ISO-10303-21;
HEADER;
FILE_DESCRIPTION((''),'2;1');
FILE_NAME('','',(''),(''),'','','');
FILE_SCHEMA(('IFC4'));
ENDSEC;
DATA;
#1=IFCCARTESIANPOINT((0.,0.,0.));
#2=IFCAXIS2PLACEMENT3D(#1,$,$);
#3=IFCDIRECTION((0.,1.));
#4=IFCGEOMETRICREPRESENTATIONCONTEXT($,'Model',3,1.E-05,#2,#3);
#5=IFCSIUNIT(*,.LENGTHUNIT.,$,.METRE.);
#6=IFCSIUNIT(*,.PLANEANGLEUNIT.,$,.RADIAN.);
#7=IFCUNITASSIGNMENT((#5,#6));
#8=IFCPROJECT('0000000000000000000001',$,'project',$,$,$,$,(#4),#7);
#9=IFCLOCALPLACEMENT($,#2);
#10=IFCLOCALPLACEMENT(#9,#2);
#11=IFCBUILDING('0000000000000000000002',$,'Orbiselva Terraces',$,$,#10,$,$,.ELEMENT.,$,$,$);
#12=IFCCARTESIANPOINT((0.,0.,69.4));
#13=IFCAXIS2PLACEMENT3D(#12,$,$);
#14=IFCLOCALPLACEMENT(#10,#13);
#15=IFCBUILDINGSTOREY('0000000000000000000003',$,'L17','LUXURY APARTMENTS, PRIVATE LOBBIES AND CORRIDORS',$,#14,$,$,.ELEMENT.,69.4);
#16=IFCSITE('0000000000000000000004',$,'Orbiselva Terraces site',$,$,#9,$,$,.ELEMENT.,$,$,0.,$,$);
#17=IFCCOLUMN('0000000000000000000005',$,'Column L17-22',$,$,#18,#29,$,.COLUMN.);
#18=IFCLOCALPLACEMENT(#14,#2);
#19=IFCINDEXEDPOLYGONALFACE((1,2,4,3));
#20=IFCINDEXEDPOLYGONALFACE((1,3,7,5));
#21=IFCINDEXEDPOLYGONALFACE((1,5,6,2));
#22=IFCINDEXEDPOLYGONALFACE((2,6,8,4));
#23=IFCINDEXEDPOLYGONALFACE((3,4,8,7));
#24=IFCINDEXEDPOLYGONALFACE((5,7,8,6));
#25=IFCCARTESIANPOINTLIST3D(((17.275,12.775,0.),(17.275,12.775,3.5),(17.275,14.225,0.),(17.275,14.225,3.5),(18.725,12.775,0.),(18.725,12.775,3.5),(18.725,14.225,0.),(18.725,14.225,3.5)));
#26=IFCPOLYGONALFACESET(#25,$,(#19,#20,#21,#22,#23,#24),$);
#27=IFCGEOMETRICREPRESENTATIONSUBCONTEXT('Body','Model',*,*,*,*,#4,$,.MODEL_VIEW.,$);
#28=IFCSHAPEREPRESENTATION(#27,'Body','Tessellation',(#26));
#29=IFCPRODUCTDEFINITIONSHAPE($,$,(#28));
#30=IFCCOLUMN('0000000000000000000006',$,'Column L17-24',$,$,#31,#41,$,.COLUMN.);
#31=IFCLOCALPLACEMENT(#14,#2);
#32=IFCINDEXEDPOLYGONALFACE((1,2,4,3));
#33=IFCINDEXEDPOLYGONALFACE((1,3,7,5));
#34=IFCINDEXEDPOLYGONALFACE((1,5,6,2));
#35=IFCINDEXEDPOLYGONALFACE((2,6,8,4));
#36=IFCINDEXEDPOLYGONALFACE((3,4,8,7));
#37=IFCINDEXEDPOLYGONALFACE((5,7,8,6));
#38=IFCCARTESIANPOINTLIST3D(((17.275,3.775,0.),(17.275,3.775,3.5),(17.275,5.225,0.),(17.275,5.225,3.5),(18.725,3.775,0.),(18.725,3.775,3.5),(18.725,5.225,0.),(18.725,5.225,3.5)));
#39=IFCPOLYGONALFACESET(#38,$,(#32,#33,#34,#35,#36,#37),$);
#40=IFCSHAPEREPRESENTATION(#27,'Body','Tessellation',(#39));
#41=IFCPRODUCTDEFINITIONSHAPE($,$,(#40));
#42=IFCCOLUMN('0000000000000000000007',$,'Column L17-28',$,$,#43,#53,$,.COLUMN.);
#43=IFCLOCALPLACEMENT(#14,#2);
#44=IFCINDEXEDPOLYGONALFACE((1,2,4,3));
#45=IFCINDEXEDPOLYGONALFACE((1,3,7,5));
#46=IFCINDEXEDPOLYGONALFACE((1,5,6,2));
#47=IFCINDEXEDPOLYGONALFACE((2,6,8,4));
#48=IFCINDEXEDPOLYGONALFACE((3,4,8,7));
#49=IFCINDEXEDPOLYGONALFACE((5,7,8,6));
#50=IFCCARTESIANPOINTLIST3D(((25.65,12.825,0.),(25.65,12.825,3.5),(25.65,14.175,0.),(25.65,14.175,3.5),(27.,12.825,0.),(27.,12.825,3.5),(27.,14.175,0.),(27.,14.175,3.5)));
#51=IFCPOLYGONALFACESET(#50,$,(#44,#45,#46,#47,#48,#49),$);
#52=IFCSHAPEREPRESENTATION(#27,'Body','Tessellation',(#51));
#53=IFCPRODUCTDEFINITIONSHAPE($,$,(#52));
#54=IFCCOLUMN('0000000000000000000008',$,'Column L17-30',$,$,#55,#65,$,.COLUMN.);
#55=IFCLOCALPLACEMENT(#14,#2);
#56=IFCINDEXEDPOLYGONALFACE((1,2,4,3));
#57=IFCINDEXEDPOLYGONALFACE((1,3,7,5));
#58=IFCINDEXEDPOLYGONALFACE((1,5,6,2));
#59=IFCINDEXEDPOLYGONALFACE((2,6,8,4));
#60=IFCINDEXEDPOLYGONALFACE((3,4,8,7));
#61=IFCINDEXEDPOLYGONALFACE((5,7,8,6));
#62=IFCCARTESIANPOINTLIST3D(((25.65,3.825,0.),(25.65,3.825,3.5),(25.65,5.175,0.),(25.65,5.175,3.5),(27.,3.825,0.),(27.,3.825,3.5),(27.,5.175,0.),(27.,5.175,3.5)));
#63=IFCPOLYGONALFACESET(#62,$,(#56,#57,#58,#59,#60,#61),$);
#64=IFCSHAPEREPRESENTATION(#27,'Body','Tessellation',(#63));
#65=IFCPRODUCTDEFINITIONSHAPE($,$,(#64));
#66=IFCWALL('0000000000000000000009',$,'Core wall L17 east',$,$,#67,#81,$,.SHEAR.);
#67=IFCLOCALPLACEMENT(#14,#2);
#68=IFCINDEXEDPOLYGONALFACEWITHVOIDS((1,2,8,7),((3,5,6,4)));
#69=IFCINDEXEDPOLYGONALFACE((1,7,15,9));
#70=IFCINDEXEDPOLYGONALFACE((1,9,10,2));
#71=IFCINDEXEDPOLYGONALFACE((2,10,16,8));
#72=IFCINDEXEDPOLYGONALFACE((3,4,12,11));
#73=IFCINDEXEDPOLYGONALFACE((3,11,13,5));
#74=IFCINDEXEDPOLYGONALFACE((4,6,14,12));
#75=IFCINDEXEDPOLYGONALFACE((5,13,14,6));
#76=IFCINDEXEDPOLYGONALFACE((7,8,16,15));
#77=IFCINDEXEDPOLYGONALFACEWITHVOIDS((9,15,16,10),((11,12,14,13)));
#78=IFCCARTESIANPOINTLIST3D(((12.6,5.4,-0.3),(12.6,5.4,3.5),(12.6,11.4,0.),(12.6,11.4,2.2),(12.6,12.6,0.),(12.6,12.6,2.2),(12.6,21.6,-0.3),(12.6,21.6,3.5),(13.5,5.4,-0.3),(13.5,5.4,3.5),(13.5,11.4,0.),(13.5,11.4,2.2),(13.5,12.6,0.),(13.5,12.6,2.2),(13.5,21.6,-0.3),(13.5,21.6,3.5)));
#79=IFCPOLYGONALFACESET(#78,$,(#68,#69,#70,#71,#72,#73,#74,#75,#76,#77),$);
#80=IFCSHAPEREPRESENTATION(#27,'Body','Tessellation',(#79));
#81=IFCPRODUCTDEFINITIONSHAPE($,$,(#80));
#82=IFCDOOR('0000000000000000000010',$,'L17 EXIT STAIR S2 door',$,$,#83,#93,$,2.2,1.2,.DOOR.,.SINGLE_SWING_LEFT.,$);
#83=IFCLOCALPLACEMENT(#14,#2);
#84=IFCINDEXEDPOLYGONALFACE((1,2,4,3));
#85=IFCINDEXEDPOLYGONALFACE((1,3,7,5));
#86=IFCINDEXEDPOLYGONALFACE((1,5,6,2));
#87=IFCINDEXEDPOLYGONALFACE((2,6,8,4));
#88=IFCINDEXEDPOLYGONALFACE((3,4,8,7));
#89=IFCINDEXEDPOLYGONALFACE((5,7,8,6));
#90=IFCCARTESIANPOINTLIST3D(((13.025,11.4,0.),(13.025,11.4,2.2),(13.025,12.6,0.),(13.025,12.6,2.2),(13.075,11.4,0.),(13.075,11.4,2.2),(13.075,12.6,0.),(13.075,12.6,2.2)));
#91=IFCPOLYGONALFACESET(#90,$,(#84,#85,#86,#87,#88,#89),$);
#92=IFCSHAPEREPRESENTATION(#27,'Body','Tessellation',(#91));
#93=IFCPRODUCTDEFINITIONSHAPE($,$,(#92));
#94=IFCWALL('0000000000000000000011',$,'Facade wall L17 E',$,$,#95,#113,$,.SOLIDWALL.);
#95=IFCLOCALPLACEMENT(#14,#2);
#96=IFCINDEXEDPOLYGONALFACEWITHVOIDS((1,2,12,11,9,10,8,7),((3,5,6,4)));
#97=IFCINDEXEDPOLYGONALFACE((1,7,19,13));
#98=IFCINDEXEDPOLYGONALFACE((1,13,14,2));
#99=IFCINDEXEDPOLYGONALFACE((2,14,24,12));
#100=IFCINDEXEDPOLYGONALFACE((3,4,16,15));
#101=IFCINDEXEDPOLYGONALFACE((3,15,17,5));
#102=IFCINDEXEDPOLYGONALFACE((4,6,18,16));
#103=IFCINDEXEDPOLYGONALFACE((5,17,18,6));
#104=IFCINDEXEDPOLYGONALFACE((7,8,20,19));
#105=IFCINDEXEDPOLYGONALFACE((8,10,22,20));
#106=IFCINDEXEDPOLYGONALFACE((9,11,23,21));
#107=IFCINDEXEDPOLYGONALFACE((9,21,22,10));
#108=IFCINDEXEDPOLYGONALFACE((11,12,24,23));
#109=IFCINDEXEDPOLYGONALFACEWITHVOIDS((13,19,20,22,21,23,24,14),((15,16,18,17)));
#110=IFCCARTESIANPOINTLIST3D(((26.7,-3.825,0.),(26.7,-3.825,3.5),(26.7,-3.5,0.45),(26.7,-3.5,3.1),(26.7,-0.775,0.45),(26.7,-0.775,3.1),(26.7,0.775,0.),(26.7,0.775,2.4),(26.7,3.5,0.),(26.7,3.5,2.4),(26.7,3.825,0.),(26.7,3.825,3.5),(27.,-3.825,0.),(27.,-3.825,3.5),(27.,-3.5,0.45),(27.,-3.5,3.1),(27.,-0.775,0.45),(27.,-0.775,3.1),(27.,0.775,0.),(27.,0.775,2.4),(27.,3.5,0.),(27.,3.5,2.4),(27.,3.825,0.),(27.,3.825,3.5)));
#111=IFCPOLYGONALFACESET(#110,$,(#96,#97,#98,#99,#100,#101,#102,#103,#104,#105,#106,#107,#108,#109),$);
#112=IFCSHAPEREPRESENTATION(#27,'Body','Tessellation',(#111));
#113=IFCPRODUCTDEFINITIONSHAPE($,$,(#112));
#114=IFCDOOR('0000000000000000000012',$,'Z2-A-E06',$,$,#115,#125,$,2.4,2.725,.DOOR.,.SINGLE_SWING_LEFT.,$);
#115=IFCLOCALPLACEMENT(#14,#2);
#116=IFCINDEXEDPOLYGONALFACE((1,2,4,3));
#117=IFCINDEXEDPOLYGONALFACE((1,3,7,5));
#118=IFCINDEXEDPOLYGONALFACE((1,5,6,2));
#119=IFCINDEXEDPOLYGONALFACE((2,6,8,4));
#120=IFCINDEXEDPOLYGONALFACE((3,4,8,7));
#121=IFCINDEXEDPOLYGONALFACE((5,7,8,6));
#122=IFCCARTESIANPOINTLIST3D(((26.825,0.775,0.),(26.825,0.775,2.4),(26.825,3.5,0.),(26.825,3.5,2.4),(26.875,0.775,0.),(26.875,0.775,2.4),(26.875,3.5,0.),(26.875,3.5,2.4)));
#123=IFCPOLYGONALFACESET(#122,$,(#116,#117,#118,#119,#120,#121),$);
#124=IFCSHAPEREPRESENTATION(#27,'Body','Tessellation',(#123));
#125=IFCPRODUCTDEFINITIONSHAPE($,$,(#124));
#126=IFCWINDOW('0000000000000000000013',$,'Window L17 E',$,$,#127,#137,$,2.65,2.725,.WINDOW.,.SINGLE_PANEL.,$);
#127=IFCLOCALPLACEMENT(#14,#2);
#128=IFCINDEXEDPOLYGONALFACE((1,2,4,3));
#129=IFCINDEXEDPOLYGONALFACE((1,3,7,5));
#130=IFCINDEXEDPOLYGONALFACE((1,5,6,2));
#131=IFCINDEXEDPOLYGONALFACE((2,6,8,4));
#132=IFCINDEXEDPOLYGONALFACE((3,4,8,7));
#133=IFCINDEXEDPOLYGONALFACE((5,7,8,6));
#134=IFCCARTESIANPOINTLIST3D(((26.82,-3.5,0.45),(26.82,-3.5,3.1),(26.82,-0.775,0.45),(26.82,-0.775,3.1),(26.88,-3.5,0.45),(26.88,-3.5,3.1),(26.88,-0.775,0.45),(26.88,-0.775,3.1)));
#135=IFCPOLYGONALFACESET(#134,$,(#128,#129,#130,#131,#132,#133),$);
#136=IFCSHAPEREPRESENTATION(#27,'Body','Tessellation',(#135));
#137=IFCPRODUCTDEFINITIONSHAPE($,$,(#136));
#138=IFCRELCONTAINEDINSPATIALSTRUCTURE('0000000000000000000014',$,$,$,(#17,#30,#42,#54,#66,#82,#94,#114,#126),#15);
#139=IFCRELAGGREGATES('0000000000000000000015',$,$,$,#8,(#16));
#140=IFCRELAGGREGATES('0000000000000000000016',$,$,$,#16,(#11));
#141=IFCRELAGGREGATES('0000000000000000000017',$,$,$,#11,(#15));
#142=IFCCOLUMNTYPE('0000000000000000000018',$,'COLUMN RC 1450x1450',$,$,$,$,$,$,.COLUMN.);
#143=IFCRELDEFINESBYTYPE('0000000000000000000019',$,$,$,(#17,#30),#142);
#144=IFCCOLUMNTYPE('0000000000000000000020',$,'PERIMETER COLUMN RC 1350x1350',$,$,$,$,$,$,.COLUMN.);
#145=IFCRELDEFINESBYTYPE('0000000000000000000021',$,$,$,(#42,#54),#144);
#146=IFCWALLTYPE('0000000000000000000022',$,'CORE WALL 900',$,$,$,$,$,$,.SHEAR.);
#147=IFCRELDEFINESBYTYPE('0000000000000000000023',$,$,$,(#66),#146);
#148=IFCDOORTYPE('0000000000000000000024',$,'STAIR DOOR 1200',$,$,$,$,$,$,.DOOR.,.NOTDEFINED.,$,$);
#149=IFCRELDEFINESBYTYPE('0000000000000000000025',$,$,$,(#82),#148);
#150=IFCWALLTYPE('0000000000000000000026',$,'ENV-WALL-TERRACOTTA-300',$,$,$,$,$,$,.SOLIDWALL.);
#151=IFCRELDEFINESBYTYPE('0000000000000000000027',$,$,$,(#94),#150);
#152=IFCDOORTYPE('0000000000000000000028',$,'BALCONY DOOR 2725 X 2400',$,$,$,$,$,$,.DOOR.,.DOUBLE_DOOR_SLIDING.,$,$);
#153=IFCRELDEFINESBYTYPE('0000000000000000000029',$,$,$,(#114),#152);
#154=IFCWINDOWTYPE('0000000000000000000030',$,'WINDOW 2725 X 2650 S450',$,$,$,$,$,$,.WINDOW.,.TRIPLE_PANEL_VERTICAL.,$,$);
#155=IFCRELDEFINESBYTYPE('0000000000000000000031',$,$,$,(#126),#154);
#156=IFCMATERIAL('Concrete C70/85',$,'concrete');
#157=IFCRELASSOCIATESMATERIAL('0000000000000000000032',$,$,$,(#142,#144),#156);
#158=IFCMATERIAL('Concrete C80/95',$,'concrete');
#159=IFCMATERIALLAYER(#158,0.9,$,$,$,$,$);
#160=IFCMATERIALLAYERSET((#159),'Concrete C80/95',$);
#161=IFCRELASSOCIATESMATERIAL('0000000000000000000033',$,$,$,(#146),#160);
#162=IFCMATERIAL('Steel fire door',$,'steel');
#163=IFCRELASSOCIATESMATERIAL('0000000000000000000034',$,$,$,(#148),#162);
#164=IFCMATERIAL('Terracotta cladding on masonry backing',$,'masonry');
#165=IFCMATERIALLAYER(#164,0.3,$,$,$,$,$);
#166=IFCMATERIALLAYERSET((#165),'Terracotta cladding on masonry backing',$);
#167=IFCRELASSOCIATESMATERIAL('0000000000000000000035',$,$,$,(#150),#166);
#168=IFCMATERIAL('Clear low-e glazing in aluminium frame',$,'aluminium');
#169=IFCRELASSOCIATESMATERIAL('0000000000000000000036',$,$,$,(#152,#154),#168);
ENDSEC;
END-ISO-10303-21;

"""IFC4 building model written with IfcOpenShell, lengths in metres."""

from ifc_helpers import new_model, si_unit, direction, frame, frame_2d, origin, origin_2d, place, context, subcontext, project, spatial, rectangle, extrude, material, layer, layer_set, material_profile, profile_set, type_object, element, fill, save


model = new_model("IFC4")

# Units and contexts
model_context = context("Model", 3, precision=1e-05, world=origin(), true_north=direction((0.0, 1.0)))
body_context = subcontext(model_context, "Body", "Model", "MODEL_VIEW")
ifc_project = project(units=[si_unit("LENGTHUNIT", "METRE"), si_unit("PLANEANGLEUNIT", "RADIAN")], contexts=[model_context])

# Site, building, storey
site_placement = place(None, origin())
site = spatial("IfcSite", under=ifc_project, at=site_placement, Name="Orbiselva Terraces site", CompositionType="ELEMENT", RefElevation=0.0)
building_placement = place(site_placement, origin())
building = spatial("IfcBuilding", under=site, at=building_placement, Name="Orbiselva Terraces", CompositionType="ELEMENT")
storey_placement = place(building_placement, frame((0.0, 0.0, 69.4)))
storey = spatial("IfcBuildingStorey", under=building, at=storey_placement, Name="L17", Description="LUXURY APARTMENTS, PRIVATE LOBBIES AND CORRIDORS", CompositionType="ELEMENT", Elevation=69.4)

# Columns
ifc_material_1 = material(Name="Concrete C70/85", Category="concrete")
ifc_material_profile_1 = material_profile(ifc_material_1, rectangle(XDim=1.45, YDim=1.45, at=origin_2d()), Name="RC 1450x1450")
ifc_profile_set_1 = profile_set([ifc_material_profile_1], Name="Concrete C70/85")
column_type_1 = type_object("IfcColumnType", Name="COLUMN RC 1450x1450", PredefinedType="COLUMN", material=ifc_profile_set_1)
for number, where, z_axis, x_axis, name in (
    (1, (18.0, 13.5, 0.0), (0.0, 0.0, 1.0), (1.0, 0.0, 0.0), "Column L17-22"),
    (2, (18.0, 4.5, 0.0), (0.0, 0.0, 1.0), (1.0, 0.0, 0.0), "Column L17-24"),
):
    element("IfcColumn", number, at=place(storey_placement, frame(where, z_axis=z_axis, x_axis=x_axis)), inside=storey, type_object=column_type_1, Name=name, PredefinedType="COLUMN", context=body_context, shape_type="SweptSolid", body=[
        extrude(rectangle(XDim=1.45, YDim=1.45, at=origin_2d()), origin(), (0.0, 0.0, 1.0), 3.5),
    ])
ifc_material_profile_2 = material_profile(ifc_material_1, rectangle(XDim=1.35, YDim=1.35, at=origin_2d()), Name="RC 1350x1350")
ifc_profile_set_2 = profile_set([ifc_material_profile_2], Name="Concrete C70/85")
column_type_2 = type_object("IfcColumnType", Name="PERIMETER COLUMN RC 1350x1350", PredefinedType="COLUMN", material=ifc_profile_set_2)
for number, where, z_axis, x_axis, name in (
    (3, (26.325, 13.5, 0.0), (0.0, 0.0, 1.0), (1.0, 0.0, 0.0), "Column L17-28"),
    (4, (26.325, 4.5, 0.0), (0.0, 0.0, 1.0), (1.0, 0.0, 0.0), "Column L17-30"),
):
    element("IfcColumn", number, at=place(storey_placement, frame(where, z_axis=z_axis, x_axis=x_axis)), inside=storey, type_object=column_type_2, Name=name, PredefinedType="COLUMN", context=body_context, shape_type="SweptSolid", body=[
        extrude(rectangle(XDim=1.35, YDim=1.35, at=origin_2d()), origin(), (0.0, 0.0, 1.0), 3.5),
    ])

# Wall, opening, door
ifc_material_2 = material(Name="Concrete C80/95", Category="concrete")
ifc_layer_1 = layer(ifc_material_2, 0.9)
ifc_layer_set_1 = layer_set([ifc_layer_1], Name="Concrete C80/95")
wall_type_1 = type_object("IfcWallType", Name="CORE WALL 900", PredefinedType="SHEAR", material=ifc_layer_set_1)
wall_1_placement = place(storey_placement, frame((13.05, 5.4, -0.3), z_axis=(0.0, 0.0, 1.0), x_axis=(0.0, 1.0, 0.0)))
wall_1 = element("IfcWall", 5, at=wall_1_placement, inside=storey, type_object=wall_type_1, Name="Core wall L17 east", PredefinedType="SHEAR", context=body_context, shape_type="SweptSolid", body=[
    extrude(rectangle(XDim=16.2, YDim=0.9, at=frame_2d((8.1, 0.0))), origin(), (0.0, 0.0, 1.0), 3.8),
])
opening_1_placement = place(wall_1_placement, frame((6.0, 0.0, 0.3)))
opening_1 = element("IfcOpeningElement", 6, at=opening_1_placement, cuts=wall_1, PredefinedType="OPENING", context=body_context, shape_type="SweptSolid", body=[
    extrude(rectangle(XDim=1.2, YDim=2.2, at=frame_2d((0.6, 1.1))), frame((0.0, 0.46, 0.0), z_axis=(0.0, -1.0, 0.0), x_axis=(1.0, 0.0, 0.0)), (0.0, 0.0, 1.0), 0.92),
])
ifc_material_3 = material(Name="Steel fire door", Category="steel")
door_type_1 = type_object("IfcDoorType", Name="STAIR DOOR 1200", OperationType="NOTDEFINED", PredefinedType="DOOR", material=ifc_material_3)
door_1_placement = place(opening_1_placement, frame((1.2, 0.0, 0.0), z_axis=(0.0, 0.0, 1.0), x_axis=(-1.0, 0.0, 0.0)))
door_1 = element("IfcDoor", 7, at=door_1_placement, inside=storey, type_object=door_type_1, Name="L17 EXIT STAIR S2 door", OperationType="SINGLE_SWING_LEFT", OverallHeight=2.2, OverallWidth=1.2, PredefinedType="DOOR", context=body_context, shape_type="SweptSolid", body=[
    extrude(rectangle(XDim=1.2, YDim=2.2, at=frame_2d((0.6, 1.1))), frame((0.0, 0.025, 0.0), z_axis=(0.0, -1.0, 0.0), x_axis=(1.0, 0.0, 0.0)), (0.0, 0.0, 1.0), 0.05),
])
fill(opening_1, door_1)

# Wall, openings, door, window
ifc_material_4 = material(Name="Terracotta cladding on masonry backing", Category="masonry")
ifc_layer_2 = layer(ifc_material_4, 0.3)
ifc_layer_set_2 = layer_set([ifc_layer_2], Name="Terracotta cladding on masonry backing")
wall_type_2 = type_object("IfcWallType", Name="ENV-WALL-TERRACOTTA-300", PredefinedType="SOLIDWALL", material=ifc_layer_set_2)
wall_2_placement = place(storey_placement, frame((26.85, 3.825, 0.0), z_axis=(0.0, 0.0, 1.0), x_axis=(0.0, -1.0, 0.0)))
wall_2 = element("IfcWall", 8, at=wall_2_placement, inside=storey, type_object=wall_type_2, Name="Facade wall L17 E", PredefinedType="SOLIDWALL", context=body_context, shape_type="SweptSolid", body=[
    extrude(rectangle(XDim=7.65, YDim=0.3, at=frame_2d((3.825, 0.0))), origin(), (0.0, 0.0, 1.0), 3.5),
])
opening_2_placement = place(wall_2_placement, frame((4.6, 0.0, 0.45)))
opening_2 = element("IfcOpeningElement", 9, at=opening_2_placement, cuts=wall_2, PredefinedType="OPENING", context=body_context, shape_type="SweptSolid", body=[
    extrude(rectangle(XDim=2.725, YDim=2.65, at=frame_2d((1.3625, 1.325))), frame((0.0, 0.16, 0.0), z_axis=(0.0, -1.0, 0.0), x_axis=(1.0, 0.0, 0.0)), (0.0, 0.0, 1.0), 0.32),
])
opening_3_placement = place(wall_2_placement, frame((0.325, 0.0, 0.0)))
opening_3 = element("IfcOpeningElement", 10, at=opening_3_placement, cuts=wall_2, PredefinedType="OPENING", context=body_context, shape_type="SweptSolid", body=[
    extrude(rectangle(XDim=2.725, YDim=2.4, at=frame_2d((1.3625, 1.2))), frame((0.0, 0.16, 0.0), z_axis=(0.0, -1.0, 0.0), x_axis=(1.0, 0.0, 0.0)), (0.0, 0.0, 1.0), 0.32),
])
ifc_material_5 = material(Name="Clear low-e glazing in aluminium frame", Category="aluminium")
door_type_2 = type_object("IfcDoorType", Name="BALCONY DOOR 2725 X 2400", OperationType="DOUBLE_DOOR_SLIDING", PredefinedType="DOOR", material=ifc_material_5)
door_2_placement = place(opening_3_placement, origin())
door_2 = element("IfcDoor", 11, at=door_2_placement, inside=storey, type_object=door_type_2, Name="Z2-A-E06", OperationType="SINGLE_SWING_LEFT", OverallHeight=2.4, OverallWidth=2.725, PredefinedType="DOOR", context=body_context, shape_type="SweptSolid", body=[
    extrude(rectangle(XDim=2.725, YDim=2.4, at=frame_2d((1.3625, 1.2))), frame((0.0, 0.025, 0.0), z_axis=(0.0, -1.0, 0.0), x_axis=(1.0, 0.0, 0.0)), (0.0, 0.0, 1.0), 0.05),
])
fill(opening_3, door_2)
window_type = type_object("IfcWindowType", Name="WINDOW 2725 X 2650 S450", PartitioningType="TRIPLE_PANEL_VERTICAL", PredefinedType="WINDOW", material=ifc_material_5)
window_1_placement = place(opening_2_placement, origin())
window_1 = element("IfcWindow", 12, at=window_1_placement, inside=storey, type_object=window_type, Name="Window L17 E", OverallHeight=2.65, OverallWidth=2.725, PartitioningType="SINGLE_PANEL", PredefinedType="WINDOW", context=body_context, shape_type="SweptSolid", body=[
    extrude(rectangle(XDim=2.725, YDim=2.65, at=frame_2d((1.3625, 1.325))), frame((0.0, 0.03, 0.0), z_axis=(0.0, -1.0, 0.0), x_axis=(1.0, 0.0, 0.0)), (0.0, 0.0, 1.0), 0.06),
])
fill(opening_2, window_1)

save(model, "model.ifc")
